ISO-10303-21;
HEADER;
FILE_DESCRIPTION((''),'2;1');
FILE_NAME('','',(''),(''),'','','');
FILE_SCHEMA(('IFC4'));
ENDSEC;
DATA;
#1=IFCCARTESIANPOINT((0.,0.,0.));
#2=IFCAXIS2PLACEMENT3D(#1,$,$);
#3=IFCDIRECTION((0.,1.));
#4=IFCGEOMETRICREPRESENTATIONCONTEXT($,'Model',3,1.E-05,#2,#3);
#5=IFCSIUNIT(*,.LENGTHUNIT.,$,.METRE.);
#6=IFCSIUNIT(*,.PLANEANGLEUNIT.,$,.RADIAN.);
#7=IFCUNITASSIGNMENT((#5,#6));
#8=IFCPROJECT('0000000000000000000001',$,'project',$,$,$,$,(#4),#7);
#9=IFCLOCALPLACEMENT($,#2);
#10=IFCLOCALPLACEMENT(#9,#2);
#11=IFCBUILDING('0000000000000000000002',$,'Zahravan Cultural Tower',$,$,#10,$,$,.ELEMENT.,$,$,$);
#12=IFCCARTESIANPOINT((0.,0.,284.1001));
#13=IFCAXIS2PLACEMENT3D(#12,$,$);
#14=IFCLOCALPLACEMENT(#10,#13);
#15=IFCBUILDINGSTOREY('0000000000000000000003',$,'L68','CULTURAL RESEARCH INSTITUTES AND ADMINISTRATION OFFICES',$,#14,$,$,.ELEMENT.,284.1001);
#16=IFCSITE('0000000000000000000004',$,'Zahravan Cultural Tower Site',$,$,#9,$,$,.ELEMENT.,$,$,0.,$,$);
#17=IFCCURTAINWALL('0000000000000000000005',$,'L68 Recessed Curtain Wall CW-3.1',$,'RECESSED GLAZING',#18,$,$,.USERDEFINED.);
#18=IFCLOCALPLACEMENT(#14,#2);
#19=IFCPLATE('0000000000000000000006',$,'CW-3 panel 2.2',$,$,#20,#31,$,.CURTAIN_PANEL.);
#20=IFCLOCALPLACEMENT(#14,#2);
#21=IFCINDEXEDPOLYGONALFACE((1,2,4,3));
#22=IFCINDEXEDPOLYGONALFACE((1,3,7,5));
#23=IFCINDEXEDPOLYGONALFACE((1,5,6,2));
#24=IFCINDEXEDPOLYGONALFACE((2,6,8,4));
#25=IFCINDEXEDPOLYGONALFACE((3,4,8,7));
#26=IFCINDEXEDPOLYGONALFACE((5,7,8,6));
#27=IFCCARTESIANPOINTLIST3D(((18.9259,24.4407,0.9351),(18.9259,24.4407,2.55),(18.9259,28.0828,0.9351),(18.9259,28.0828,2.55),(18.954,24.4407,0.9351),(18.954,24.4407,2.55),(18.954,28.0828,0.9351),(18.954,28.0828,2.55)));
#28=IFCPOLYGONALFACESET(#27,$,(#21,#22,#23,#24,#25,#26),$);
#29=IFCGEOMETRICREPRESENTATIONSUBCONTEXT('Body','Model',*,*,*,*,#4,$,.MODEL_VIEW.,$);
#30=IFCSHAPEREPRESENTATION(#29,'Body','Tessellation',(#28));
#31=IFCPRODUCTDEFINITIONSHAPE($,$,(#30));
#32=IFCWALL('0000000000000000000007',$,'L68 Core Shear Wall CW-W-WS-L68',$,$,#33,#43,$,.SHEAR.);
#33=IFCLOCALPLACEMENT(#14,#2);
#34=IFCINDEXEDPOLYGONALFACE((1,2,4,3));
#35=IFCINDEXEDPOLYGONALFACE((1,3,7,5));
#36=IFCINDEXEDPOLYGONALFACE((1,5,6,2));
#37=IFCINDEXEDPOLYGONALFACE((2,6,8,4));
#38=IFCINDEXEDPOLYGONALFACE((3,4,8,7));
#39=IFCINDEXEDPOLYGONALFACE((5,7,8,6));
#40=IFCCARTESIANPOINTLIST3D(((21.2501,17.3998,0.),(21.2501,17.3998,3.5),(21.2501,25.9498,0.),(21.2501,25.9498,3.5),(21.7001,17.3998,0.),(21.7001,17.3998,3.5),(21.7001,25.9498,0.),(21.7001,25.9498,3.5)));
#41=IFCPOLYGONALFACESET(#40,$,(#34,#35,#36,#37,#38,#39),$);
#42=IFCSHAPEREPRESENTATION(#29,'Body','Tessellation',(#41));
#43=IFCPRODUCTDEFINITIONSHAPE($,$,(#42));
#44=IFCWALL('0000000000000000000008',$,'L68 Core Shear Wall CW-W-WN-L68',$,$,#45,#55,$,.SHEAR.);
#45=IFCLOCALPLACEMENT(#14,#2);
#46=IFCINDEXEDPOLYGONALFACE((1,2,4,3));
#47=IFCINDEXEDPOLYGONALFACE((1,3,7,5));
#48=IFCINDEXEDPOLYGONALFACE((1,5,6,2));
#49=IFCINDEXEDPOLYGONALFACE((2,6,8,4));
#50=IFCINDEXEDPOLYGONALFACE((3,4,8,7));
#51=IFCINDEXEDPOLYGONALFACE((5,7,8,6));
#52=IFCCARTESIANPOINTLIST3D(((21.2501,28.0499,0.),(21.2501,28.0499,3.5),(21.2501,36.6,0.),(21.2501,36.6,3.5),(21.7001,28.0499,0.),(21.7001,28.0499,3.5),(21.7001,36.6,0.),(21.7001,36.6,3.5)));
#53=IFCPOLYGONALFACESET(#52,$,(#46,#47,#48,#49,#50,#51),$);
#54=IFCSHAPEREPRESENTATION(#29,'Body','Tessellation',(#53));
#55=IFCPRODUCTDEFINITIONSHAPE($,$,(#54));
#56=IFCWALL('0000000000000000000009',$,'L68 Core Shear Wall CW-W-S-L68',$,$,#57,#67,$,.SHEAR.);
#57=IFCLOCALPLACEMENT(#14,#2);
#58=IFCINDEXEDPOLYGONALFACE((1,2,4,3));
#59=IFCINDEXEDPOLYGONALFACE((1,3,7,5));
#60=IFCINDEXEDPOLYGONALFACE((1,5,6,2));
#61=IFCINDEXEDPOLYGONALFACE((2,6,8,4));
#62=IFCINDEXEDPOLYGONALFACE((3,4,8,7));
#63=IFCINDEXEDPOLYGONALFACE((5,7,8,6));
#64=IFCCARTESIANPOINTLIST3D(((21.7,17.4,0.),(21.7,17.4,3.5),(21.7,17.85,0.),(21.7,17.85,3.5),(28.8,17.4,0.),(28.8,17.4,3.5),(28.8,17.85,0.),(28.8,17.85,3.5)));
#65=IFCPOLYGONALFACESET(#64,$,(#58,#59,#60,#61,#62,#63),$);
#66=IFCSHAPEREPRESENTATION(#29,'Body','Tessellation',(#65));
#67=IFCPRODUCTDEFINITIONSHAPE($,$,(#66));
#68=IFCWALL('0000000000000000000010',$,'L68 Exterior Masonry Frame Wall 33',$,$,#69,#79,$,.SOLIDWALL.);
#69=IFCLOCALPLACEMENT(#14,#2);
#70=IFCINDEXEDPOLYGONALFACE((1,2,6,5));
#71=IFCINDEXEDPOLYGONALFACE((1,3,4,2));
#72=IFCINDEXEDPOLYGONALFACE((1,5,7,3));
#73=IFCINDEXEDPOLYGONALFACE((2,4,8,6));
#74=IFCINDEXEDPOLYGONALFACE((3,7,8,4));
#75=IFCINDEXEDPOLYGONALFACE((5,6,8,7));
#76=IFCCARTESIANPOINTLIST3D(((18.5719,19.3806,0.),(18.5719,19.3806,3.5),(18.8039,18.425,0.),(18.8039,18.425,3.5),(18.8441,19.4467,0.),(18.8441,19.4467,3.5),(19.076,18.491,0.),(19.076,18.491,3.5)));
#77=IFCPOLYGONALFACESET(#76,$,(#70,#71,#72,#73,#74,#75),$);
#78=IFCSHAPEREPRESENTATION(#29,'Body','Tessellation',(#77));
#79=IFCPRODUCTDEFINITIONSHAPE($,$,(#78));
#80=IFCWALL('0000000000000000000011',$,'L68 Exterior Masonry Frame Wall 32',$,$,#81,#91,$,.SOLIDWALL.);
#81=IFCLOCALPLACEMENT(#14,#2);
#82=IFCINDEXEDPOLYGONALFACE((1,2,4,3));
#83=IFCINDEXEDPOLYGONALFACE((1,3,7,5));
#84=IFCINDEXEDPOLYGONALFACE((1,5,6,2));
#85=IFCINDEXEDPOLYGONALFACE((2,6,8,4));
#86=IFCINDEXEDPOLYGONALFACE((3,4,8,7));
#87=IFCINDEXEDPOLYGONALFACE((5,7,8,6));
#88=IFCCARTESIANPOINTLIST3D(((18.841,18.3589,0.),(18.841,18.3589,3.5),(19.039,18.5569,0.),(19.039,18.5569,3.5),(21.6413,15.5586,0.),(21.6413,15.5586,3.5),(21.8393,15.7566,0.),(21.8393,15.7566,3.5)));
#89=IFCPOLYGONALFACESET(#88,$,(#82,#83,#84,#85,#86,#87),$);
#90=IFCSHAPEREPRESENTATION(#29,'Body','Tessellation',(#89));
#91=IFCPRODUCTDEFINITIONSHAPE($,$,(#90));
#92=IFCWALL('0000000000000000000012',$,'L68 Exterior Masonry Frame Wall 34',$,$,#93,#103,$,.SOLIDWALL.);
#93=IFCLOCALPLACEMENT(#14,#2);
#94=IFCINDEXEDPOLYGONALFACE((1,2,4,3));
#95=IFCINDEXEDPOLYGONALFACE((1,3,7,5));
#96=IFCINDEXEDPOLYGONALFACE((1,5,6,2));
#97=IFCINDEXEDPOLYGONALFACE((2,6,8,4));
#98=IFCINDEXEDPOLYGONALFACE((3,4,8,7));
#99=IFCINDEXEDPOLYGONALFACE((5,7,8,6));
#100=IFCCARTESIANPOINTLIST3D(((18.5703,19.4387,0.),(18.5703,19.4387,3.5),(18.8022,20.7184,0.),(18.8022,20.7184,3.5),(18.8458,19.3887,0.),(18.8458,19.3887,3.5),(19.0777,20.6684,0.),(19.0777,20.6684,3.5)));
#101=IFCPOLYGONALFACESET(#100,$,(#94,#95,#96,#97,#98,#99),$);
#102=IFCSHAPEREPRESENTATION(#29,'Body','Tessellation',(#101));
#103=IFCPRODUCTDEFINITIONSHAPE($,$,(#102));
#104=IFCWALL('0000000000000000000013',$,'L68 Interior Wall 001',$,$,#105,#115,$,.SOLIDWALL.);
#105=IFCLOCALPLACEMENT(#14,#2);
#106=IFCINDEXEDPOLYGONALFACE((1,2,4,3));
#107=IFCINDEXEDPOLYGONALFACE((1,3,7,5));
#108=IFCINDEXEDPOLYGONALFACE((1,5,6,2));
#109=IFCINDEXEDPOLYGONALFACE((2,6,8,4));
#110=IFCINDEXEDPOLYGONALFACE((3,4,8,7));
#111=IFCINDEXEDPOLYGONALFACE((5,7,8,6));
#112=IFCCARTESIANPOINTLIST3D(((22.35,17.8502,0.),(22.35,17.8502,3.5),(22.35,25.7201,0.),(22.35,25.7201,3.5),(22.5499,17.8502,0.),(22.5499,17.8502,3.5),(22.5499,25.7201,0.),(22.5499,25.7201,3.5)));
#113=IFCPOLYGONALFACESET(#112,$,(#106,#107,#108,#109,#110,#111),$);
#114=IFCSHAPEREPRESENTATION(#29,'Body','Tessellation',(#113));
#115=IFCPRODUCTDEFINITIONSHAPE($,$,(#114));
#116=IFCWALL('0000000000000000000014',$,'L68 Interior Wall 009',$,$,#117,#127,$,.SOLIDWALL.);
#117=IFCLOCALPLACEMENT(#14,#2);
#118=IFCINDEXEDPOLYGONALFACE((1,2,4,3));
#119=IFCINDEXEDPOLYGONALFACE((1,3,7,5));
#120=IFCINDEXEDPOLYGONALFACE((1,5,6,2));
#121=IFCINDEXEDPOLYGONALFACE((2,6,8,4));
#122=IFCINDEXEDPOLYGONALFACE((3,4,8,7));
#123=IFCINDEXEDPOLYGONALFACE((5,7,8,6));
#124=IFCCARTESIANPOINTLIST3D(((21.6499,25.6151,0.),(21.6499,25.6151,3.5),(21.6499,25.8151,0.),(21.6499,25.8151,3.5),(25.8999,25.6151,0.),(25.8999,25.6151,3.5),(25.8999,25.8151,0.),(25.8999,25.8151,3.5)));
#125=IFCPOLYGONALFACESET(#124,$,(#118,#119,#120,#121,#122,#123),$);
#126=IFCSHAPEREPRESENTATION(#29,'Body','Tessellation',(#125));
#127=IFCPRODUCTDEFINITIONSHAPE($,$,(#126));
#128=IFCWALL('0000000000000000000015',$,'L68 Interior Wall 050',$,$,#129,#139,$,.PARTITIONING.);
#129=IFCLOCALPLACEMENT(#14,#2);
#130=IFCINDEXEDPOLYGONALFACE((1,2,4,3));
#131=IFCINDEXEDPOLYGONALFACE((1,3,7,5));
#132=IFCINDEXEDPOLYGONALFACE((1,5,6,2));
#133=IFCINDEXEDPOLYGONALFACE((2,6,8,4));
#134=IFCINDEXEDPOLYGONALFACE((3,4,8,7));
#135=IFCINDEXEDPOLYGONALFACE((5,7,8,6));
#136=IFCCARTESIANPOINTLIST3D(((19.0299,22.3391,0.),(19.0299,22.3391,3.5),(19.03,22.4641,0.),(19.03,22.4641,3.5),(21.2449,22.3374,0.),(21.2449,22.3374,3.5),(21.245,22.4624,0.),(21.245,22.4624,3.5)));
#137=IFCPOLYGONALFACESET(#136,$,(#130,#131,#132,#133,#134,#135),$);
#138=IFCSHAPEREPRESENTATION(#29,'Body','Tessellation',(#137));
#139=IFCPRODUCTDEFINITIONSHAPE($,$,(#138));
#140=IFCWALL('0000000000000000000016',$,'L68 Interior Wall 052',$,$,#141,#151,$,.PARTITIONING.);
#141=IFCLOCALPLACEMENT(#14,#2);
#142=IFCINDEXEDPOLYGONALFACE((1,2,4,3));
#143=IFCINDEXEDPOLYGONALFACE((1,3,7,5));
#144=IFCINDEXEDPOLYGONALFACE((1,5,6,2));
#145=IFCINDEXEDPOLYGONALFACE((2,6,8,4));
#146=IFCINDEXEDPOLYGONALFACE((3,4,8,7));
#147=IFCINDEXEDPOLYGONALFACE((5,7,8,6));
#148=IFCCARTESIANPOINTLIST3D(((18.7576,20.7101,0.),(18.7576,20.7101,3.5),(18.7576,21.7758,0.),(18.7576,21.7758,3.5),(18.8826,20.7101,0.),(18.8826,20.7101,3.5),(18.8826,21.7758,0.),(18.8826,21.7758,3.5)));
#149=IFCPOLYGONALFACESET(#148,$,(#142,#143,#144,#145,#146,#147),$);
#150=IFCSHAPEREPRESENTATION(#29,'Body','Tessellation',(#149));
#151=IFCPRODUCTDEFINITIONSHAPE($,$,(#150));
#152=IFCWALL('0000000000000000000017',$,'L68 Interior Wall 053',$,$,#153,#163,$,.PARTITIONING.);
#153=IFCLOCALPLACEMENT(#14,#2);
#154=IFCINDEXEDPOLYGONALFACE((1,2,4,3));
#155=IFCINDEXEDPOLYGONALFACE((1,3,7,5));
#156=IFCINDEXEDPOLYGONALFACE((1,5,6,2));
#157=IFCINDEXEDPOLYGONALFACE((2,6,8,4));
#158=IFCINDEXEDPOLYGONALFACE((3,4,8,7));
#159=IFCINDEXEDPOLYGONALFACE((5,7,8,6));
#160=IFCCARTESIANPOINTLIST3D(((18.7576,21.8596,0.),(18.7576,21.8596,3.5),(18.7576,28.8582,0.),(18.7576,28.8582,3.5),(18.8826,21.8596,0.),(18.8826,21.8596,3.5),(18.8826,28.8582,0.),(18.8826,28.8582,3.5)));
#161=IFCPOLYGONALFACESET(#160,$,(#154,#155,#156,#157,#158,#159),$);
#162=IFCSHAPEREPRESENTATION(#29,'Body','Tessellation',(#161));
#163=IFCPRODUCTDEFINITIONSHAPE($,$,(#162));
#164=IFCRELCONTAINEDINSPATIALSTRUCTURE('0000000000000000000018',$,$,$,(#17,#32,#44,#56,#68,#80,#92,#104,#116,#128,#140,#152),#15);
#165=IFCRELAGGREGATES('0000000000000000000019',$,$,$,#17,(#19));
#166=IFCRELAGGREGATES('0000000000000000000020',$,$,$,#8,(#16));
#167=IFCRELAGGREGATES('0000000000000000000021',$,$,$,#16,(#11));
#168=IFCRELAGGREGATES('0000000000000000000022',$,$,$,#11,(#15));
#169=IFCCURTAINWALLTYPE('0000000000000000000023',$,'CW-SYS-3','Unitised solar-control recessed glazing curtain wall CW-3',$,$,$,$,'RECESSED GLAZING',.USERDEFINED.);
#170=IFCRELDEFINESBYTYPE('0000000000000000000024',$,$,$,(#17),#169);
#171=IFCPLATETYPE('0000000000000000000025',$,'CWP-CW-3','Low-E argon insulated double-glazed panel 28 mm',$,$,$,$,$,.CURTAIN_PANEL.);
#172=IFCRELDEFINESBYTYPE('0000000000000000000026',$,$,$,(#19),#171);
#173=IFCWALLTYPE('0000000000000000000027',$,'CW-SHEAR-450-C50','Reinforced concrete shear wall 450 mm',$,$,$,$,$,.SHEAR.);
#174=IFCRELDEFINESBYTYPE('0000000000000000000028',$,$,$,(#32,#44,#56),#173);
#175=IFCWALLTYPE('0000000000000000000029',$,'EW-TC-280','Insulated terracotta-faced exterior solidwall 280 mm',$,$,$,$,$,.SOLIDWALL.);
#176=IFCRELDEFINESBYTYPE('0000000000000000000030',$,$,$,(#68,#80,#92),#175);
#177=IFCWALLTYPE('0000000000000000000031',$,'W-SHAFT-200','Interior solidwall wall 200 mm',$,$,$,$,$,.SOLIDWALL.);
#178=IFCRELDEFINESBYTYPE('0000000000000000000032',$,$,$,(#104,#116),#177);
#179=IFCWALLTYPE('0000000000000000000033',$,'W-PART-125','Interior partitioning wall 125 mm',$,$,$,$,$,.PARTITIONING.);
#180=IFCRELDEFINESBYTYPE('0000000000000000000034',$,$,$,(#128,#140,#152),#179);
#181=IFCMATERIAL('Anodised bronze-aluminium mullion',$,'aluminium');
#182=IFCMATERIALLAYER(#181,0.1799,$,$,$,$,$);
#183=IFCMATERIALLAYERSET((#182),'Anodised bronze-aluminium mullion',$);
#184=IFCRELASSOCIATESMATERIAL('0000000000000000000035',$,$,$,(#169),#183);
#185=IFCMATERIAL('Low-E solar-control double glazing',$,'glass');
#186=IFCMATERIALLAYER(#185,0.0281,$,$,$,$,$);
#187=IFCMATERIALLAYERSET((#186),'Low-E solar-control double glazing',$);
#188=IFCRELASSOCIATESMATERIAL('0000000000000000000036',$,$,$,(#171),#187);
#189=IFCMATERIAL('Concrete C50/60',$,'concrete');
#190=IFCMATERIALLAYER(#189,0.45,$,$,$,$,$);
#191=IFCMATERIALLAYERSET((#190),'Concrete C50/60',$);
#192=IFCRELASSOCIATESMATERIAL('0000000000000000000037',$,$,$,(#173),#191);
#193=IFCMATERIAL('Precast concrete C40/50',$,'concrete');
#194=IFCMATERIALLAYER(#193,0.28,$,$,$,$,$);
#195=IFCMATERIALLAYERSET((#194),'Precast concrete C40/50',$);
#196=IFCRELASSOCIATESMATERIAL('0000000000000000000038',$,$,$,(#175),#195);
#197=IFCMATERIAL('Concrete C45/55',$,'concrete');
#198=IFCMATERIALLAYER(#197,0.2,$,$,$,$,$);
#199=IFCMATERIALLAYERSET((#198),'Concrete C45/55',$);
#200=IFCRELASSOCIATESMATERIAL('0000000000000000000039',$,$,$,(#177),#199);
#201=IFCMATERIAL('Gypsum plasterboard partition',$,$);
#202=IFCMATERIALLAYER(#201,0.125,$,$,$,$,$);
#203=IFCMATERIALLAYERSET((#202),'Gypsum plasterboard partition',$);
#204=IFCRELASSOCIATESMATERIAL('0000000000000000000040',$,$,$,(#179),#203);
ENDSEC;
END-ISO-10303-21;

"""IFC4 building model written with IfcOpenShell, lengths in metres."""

from ifc_helpers import new_model, si_unit, direction, frame, frame_2d, origin, origin_2d, place, context, subcontext, project, spatial, rectangle, extrude, source, transform, mapped, material, layer, layer_set, type_object, element, aggregate, save


model = new_model("IFC4")

# Units and contexts
model_context = context("Model", 3, precision=1e-05, world=origin(), true_north=direction((0.0, 1.0)))
body_context = subcontext(model_context, "Body", "Model", "MODEL_VIEW")
ifc_project = project(units=[si_unit("LENGTHUNIT", "METRE"), si_unit("PLANEANGLEUNIT", "RADIAN")], contexts=[model_context])

# Site, building, storey
site_placement = place(None, origin())
site = spatial("IfcSite", under=ifc_project, at=site_placement, Name="Zahravan Cultural Tower Site", CompositionType="ELEMENT", RefElevation=0.0)
building_placement = place(site_placement, origin())
building = spatial("IfcBuilding", under=site, at=building_placement, Name="Zahravan Cultural Tower", CompositionType="ELEMENT")
storey_placement = place(building_placement, frame((0.0, 0.0, 284.1001)))
storey = spatial("IfcBuildingStorey", under=building, at=storey_placement, Name="L68", Description="CULTURAL RESEARCH INSTITUTES AND ADMINISTRATION OFFICES", CompositionType="ELEMENT", Elevation=284.1001)

# Shared definitions
ifc_material_1 = material(Name="Concrete C50/60", Category="concrete")

# Curtain wall
ifc_material_2 = material(Name="Anodised bronze-aluminium mullion", Category="aluminium")
ifc_layer_1 = layer(ifc_material_2, 0.1799)
ifc_layer_set_1 = layer_set([ifc_layer_1], Name="Anodised bronze-aluminium mullion")
curtain_wall_type = type_object("IfcCurtainWallType", Name="CW-SYS-3", Description="Unitised solar-control recessed glazing curtain wall CW-3", ElementType="RECESSED GLAZING", PredefinedType="USERDEFINED", material=ifc_layer_set_1)
curtain_wall_placement = place(storey_placement, origin())
curtain_wall = element("IfcCurtainWall", 1, at=curtain_wall_placement, inside=storey, type_object=curtain_wall_type, Name="L68 Recessed Curtain Wall CW-3.1", ObjectType="RECESSED GLAZING", PredefinedType="USERDEFINED")

# Shared definitions
ifc_material_3 = material(Name="Concrete C45/55", Category="concrete")

# Plate
ifc_material_4 = material(Name="Low-E solar-control double glazing", Category="glass")
ifc_layer_2 = layer(ifc_material_4, 0.0281)
ifc_layer_set_2 = layer_set([ifc_layer_2], Name="Low-E solar-control double glazing")
plate_type = type_object("IfcPlateType", Name="CWP-CW-3", Description="Low-E argon insulated double-glazed panel 28 mm", PredefinedType="CURTAIN_PANEL", material=ifc_layer_set_2)
shared_shape_1 = source(origin(), body_context, "Body", "SweptSolid", [
    extrude(rectangle(XDim=3.6421, YDim=0.0281, at=origin_2d()), origin(), (0.0, 0.0, 1.0), 1.615),
])
plate_1_placement = place(storey_placement, frame((18.9399, 26.2617, 0.9351), z_axis=(0.0, 0.0, 1.0), x_axis=(0.0, 1.0, 0.0)))
plate_1 = element("IfcPlate", 2, at=plate_1_placement, type_object=plate_type, Name="CW-3 panel 2.2", PredefinedType="CURTAIN_PANEL", context=body_context, shape_type="MappedRepresentation", body=[
    mapped(shared_shape_1, transform((0.0, 0.0, 0.0), x_axis=(1.0, 0.0, 0.0), y_axis=(0.0, 1.0, 0.0), z_axis=(0.0, 0.0, 1.0), scale=1.0)),
])
aggregate(curtain_wall, [plate_1])

# Walls
ifc_layer_3 = layer(ifc_material_1, 0.45)
ifc_layer_set_3 = layer_set([ifc_layer_3], Name="Concrete C50/60")
wall_type_1 = type_object("IfcWallType", Name="CW-SHEAR-450-C50", Description="Reinforced concrete shear wall 450 mm", PredefinedType="SHEAR", material=ifc_layer_set_3)
shared_shape_2 = source(origin(), body_context, "Body", "SweptSolid", [
    extrude(rectangle(XDim=8.55, YDim=0.45, at=frame_2d((4.2749, 0.0))), origin(), (0.0, 0.0, 1.0), 3.5),
])
for number, where, z_axis, x_axis, name in (
    (3, (21.4751, 17.3999, 0.0), (0.0, 0.0, 1.0), (0.0, 1.0, 0.0), "L68 Core Shear Wall CW-W-WS-L68"),
    (4, (21.4751, 28.05, 0.0), (0.0, 0.0, 1.0), (0.0, 1.0, 0.0), "L68 Core Shear Wall CW-W-WN-L68"),
):
    element("IfcWall", number, at=place(storey_placement, frame(where, z_axis=z_axis, x_axis=x_axis)), inside=storey, type_object=wall_type_1, Name=name, PredefinedType="SHEAR", context=body_context, shape_type="MappedRepresentation", body=[
        mapped(shared_shape_2, transform((0.0, 0.0, 0.0), x_axis=(1.0, 0.0, 0.0), y_axis=(0.0, 1.0, 0.0), z_axis=(0.0, 0.0, 1.0), scale=1.0)),
    ])
shared_shape_3 = source(origin(), body_context, "Body", "SweptSolid", [
    extrude(rectangle(XDim=7.1001, YDim=0.45, at=frame_2d((3.55, 0.0))), origin(), (0.0, 0.0, 1.0), 3.5),
])
wall_1_placement = place(storey_placement, frame((21.7, 17.625, 0.0), z_axis=(0.0, 0.0, 1.0), x_axis=(1.0, 0.0, 0.0)))
element("IfcWall", 5, at=wall_1_placement, inside=storey, type_object=wall_type_1, Name="L68 Core Shear Wall CW-W-S-L68", PredefinedType="SHEAR", context=body_context, shape_type="MappedRepresentation", body=[
    mapped(shared_shape_3, transform((0.0, 0.0, 0.0), x_axis=(1.0, 0.0, 0.0), y_axis=(0.0, 1.0, 0.0), z_axis=(0.0, 0.0, 1.0), scale=1.0)),
])
ifc_material_5 = material(Name="Precast concrete C40/50", Category="concrete")
ifc_layer_4 = layer(ifc_material_5, 0.28)
ifc_layer_set_4 = layer_set([ifc_layer_4], Name="Precast concrete C40/50")
wall_type_2 = type_object("IfcWallType", Name="EW-TC-280", Description="Insulated terracotta-faced exterior solidwall 280 mm", PredefinedType="SOLIDWALL", material=ifc_layer_set_4)
shared_shape_4 = source(origin(), body_context, "Body", "SweptSolid", [
    extrude(rectangle(XDim=0.9834, YDim=0.28, at=frame_2d((0.4917, 0.0))), origin(), (0.0, 0.0, 1.0), 3.5),
])
wall_2_placement = place(storey_placement, frame((18.9399, 18.458, 0.0), z_axis=(0.0, 0.0, 1.0), x_axis=(-0.23587, 0.971785, 0.0)))
element("IfcWall", 6, at=wall_2_placement, inside=storey, type_object=wall_type_2, Name="L68 Exterior Masonry Frame Wall 33", PredefinedType="SOLIDWALL", context=body_context, shape_type="MappedRepresentation", body=[
    mapped(shared_shape_4, transform((0.0, 0.0, 0.0), x_axis=(1.0, 0.0, 0.0), y_axis=(0.0, 1.0, 0.0), z_axis=(0.0, 0.0, 1.0), scale=1.0)),
])
shared_shape_5 = source(origin(), body_context, "Body", "SweptSolid", [
    extrude(rectangle(XDim=3.9602, YDim=0.28, at=frame_2d((1.98, 0.0))), origin(), (0.0, 0.0, 1.0), 3.5),
])
wall_3_placement = place(storey_placement, frame((21.7402, 15.6577, 0.0), z_axis=(0.0, 0.0, 1.0), x_axis=(-0.707107, 0.707107, 0.0)))
element("IfcWall", 7, at=wall_3_placement, inside=storey, type_object=wall_type_2, Name="L68 Exterior Masonry Frame Wall 32", PredefinedType="SOLIDWALL", context=body_context, shape_type="MappedRepresentation", body=[
    mapped(shared_shape_5, transform((0.0, 0.0, 0.0), x_axis=(1.0, 0.0, 0.0), y_axis=(0.0, 1.0, 0.0), z_axis=(0.0, 0.0, 1.0), scale=1.0)),
])
shared_shape_6 = source(origin(), body_context, "Body", "SweptSolid", [
    extrude(rectangle(XDim=1.3005, YDim=0.28, at=frame_2d((0.6504, 0.0))), origin(), (0.0, 0.0, 1.0), 3.5),
])
wall_4_placement = place(storey_placement, frame((18.708, 19.4136, 0.0), z_axis=(0.0, 0.0, 1.0), x_axis=(0.178324, 0.983972, 0.0)))
element("IfcWall", 8, at=wall_4_placement, inside=storey, type_object=wall_type_2, Name="L68 Exterior Masonry Frame Wall 34", PredefinedType="SOLIDWALL", context=body_context, shape_type="MappedRepresentation", body=[
    mapped(shared_shape_6, transform((0.0, 0.0, 0.0), x_axis=(1.0, 0.0, 0.0), y_axis=(0.0, 1.0, 0.0), z_axis=(0.0, 0.0, 1.0), scale=1.0)),
])
ifc_layer_5 = layer(ifc_material_3, 0.2)
ifc_layer_set_5 = layer_set([ifc_layer_5], Name="Concrete C45/55")
wall_type_3 = type_object("IfcWallType", Name="W-SHAFT-200", Description="Interior solidwall wall 200 mm", PredefinedType="SOLIDWALL", material=ifc_layer_set_5)
shared_shape_7 = source(origin(), body_context, "Body", "SweptSolid", [
    extrude(rectangle(XDim=7.8699, YDim=0.2, at=frame_2d((3.9351, 0.0))), origin(), (0.0, 0.0, 1.0), 3.5),
])
wall_5_placement = place(storey_placement, frame((22.45, 17.8501, 0.0), z_axis=(0.0, 0.0, 1.0), x_axis=(0.0, 1.0, 0.0)))
element("IfcWall", 9, at=wall_5_placement, inside=storey, type_object=wall_type_3, Name="L68 Interior Wall 001", PredefinedType="SOLIDWALL", context=body_context, shape_type="MappedRepresentation", body=[
    mapped(shared_shape_7, transform((0.0, 0.0, 0.0), x_axis=(1.0, 0.0, 0.0), y_axis=(0.0, 1.0, 0.0), z_axis=(0.0, 0.0, 1.0), scale=1.0)),
])
shared_shape_8 = source(origin(), body_context, "Body", "SweptSolid", [
    extrude(rectangle(XDim=4.25, YDim=0.2, at=frame_2d((2.125, 0.0))), origin(), (0.0, 0.0, 1.0), 3.5),
])
wall_6_placement = place(storey_placement, frame((21.6499, 25.7151, 0.0), z_axis=(0.0, 0.0, 1.0), x_axis=(1.0, 0.0, 0.0)))
element("IfcWall", 10, at=wall_6_placement, inside=storey, type_object=wall_type_3, Name="L68 Interior Wall 009", PredefinedType="SOLIDWALL", context=body_context, shape_type="MappedRepresentation", body=[
    mapped(shared_shape_8, transform((0.0, 0.0, 0.0), x_axis=(1.0, 0.0, 0.0), y_axis=(0.0, 1.0, 0.0), z_axis=(0.0, 0.0, 1.0), scale=1.0)),
])
ifc_material_6 = material(Name="Gypsum plasterboard partition")
ifc_layer_6 = layer(ifc_material_6, 0.125)
ifc_layer_set_6 = layer_set([ifc_layer_6], Name="Gypsum plasterboard partition")
wall_type_4 = type_object("IfcWallType", Name="W-PART-125", Description="Interior partitioning wall 125 mm", PredefinedType="PARTITIONING", material=ifc_layer_set_6)
shared_shape_9 = source(origin(), body_context, "Body", "SweptSolid", [
    extrude(rectangle(XDim=2.2151, YDim=0.125, at=frame_2d((1.1074, 0.0))), origin(), (0.0, 0.0, 1.0), 3.5),
])
wall_7_placement = place(storey_placement, frame((19.03, 22.4016, 0.0), z_axis=(0.0, 0.0, 1.0), x_axis=(1.0, -0.000772, 0.0)))
element("IfcWall", 11, at=wall_7_placement, inside=storey, type_object=wall_type_4, Name="L68 Interior Wall 050", PredefinedType="PARTITIONING", context=body_context, shape_type="MappedRepresentation", body=[
    mapped(shared_shape_9, transform((0.0, 0.0, 0.0), x_axis=(1.0, 0.0, 0.0), y_axis=(0.0, 1.0, 0.0), z_axis=(0.0, 0.0, 1.0), scale=1.0)),
])
shared_shape_10 = source(origin(), body_context, "Body", "SweptSolid", [
    extrude(rectangle(XDim=1.0657, YDim=0.125, at=frame_2d((0.5327, 0.0))), origin(), (0.0, 0.0, 1.0), 3.5),
])
wall_8_placement = place(storey_placement, frame((18.8201, 20.7102, 0.0), z_axis=(0.0, 0.0, 1.0), x_axis=(0.0, 1.0, 0.0)))
element("IfcWall", 12, at=wall_8_placement, inside=storey, type_object=wall_type_4, Name="L68 Interior Wall 052", PredefinedType="PARTITIONING", context=body_context, shape_type="MappedRepresentation", body=[
    mapped(shared_shape_10, transform((0.0, 0.0, 0.0), x_axis=(1.0, 0.0, 0.0), y_axis=(0.0, 1.0, 0.0), z_axis=(0.0, 0.0, 1.0), scale=1.0)),
])
shared_shape_11 = source(origin(), body_context, "Body", "SweptSolid", [
    extrude(rectangle(XDim=6.9985, YDim=0.125, at=frame_2d((3.4993, 0.0))), origin(), (0.0, 0.0, 1.0), 3.5),
])
wall_9_placement = place(storey_placement, frame((18.8201, 21.8596, 0.0), z_axis=(0.0, 0.0, 1.0), x_axis=(0.0, 1.0, 0.0)))
element("IfcWall", 13, at=wall_9_placement, inside=storey, type_object=wall_type_4, Name="L68 Interior Wall 053", PredefinedType="PARTITIONING", context=body_context, shape_type="MappedRepresentation", body=[
    mapped(shared_shape_11, transform((0.0, 0.0, 0.0), x_axis=(1.0, 0.0, 0.0), y_axis=(0.0, 1.0, 0.0), z_axis=(0.0, 0.0, 1.0), scale=1.0)),
])

save(model, "model.ifc")
